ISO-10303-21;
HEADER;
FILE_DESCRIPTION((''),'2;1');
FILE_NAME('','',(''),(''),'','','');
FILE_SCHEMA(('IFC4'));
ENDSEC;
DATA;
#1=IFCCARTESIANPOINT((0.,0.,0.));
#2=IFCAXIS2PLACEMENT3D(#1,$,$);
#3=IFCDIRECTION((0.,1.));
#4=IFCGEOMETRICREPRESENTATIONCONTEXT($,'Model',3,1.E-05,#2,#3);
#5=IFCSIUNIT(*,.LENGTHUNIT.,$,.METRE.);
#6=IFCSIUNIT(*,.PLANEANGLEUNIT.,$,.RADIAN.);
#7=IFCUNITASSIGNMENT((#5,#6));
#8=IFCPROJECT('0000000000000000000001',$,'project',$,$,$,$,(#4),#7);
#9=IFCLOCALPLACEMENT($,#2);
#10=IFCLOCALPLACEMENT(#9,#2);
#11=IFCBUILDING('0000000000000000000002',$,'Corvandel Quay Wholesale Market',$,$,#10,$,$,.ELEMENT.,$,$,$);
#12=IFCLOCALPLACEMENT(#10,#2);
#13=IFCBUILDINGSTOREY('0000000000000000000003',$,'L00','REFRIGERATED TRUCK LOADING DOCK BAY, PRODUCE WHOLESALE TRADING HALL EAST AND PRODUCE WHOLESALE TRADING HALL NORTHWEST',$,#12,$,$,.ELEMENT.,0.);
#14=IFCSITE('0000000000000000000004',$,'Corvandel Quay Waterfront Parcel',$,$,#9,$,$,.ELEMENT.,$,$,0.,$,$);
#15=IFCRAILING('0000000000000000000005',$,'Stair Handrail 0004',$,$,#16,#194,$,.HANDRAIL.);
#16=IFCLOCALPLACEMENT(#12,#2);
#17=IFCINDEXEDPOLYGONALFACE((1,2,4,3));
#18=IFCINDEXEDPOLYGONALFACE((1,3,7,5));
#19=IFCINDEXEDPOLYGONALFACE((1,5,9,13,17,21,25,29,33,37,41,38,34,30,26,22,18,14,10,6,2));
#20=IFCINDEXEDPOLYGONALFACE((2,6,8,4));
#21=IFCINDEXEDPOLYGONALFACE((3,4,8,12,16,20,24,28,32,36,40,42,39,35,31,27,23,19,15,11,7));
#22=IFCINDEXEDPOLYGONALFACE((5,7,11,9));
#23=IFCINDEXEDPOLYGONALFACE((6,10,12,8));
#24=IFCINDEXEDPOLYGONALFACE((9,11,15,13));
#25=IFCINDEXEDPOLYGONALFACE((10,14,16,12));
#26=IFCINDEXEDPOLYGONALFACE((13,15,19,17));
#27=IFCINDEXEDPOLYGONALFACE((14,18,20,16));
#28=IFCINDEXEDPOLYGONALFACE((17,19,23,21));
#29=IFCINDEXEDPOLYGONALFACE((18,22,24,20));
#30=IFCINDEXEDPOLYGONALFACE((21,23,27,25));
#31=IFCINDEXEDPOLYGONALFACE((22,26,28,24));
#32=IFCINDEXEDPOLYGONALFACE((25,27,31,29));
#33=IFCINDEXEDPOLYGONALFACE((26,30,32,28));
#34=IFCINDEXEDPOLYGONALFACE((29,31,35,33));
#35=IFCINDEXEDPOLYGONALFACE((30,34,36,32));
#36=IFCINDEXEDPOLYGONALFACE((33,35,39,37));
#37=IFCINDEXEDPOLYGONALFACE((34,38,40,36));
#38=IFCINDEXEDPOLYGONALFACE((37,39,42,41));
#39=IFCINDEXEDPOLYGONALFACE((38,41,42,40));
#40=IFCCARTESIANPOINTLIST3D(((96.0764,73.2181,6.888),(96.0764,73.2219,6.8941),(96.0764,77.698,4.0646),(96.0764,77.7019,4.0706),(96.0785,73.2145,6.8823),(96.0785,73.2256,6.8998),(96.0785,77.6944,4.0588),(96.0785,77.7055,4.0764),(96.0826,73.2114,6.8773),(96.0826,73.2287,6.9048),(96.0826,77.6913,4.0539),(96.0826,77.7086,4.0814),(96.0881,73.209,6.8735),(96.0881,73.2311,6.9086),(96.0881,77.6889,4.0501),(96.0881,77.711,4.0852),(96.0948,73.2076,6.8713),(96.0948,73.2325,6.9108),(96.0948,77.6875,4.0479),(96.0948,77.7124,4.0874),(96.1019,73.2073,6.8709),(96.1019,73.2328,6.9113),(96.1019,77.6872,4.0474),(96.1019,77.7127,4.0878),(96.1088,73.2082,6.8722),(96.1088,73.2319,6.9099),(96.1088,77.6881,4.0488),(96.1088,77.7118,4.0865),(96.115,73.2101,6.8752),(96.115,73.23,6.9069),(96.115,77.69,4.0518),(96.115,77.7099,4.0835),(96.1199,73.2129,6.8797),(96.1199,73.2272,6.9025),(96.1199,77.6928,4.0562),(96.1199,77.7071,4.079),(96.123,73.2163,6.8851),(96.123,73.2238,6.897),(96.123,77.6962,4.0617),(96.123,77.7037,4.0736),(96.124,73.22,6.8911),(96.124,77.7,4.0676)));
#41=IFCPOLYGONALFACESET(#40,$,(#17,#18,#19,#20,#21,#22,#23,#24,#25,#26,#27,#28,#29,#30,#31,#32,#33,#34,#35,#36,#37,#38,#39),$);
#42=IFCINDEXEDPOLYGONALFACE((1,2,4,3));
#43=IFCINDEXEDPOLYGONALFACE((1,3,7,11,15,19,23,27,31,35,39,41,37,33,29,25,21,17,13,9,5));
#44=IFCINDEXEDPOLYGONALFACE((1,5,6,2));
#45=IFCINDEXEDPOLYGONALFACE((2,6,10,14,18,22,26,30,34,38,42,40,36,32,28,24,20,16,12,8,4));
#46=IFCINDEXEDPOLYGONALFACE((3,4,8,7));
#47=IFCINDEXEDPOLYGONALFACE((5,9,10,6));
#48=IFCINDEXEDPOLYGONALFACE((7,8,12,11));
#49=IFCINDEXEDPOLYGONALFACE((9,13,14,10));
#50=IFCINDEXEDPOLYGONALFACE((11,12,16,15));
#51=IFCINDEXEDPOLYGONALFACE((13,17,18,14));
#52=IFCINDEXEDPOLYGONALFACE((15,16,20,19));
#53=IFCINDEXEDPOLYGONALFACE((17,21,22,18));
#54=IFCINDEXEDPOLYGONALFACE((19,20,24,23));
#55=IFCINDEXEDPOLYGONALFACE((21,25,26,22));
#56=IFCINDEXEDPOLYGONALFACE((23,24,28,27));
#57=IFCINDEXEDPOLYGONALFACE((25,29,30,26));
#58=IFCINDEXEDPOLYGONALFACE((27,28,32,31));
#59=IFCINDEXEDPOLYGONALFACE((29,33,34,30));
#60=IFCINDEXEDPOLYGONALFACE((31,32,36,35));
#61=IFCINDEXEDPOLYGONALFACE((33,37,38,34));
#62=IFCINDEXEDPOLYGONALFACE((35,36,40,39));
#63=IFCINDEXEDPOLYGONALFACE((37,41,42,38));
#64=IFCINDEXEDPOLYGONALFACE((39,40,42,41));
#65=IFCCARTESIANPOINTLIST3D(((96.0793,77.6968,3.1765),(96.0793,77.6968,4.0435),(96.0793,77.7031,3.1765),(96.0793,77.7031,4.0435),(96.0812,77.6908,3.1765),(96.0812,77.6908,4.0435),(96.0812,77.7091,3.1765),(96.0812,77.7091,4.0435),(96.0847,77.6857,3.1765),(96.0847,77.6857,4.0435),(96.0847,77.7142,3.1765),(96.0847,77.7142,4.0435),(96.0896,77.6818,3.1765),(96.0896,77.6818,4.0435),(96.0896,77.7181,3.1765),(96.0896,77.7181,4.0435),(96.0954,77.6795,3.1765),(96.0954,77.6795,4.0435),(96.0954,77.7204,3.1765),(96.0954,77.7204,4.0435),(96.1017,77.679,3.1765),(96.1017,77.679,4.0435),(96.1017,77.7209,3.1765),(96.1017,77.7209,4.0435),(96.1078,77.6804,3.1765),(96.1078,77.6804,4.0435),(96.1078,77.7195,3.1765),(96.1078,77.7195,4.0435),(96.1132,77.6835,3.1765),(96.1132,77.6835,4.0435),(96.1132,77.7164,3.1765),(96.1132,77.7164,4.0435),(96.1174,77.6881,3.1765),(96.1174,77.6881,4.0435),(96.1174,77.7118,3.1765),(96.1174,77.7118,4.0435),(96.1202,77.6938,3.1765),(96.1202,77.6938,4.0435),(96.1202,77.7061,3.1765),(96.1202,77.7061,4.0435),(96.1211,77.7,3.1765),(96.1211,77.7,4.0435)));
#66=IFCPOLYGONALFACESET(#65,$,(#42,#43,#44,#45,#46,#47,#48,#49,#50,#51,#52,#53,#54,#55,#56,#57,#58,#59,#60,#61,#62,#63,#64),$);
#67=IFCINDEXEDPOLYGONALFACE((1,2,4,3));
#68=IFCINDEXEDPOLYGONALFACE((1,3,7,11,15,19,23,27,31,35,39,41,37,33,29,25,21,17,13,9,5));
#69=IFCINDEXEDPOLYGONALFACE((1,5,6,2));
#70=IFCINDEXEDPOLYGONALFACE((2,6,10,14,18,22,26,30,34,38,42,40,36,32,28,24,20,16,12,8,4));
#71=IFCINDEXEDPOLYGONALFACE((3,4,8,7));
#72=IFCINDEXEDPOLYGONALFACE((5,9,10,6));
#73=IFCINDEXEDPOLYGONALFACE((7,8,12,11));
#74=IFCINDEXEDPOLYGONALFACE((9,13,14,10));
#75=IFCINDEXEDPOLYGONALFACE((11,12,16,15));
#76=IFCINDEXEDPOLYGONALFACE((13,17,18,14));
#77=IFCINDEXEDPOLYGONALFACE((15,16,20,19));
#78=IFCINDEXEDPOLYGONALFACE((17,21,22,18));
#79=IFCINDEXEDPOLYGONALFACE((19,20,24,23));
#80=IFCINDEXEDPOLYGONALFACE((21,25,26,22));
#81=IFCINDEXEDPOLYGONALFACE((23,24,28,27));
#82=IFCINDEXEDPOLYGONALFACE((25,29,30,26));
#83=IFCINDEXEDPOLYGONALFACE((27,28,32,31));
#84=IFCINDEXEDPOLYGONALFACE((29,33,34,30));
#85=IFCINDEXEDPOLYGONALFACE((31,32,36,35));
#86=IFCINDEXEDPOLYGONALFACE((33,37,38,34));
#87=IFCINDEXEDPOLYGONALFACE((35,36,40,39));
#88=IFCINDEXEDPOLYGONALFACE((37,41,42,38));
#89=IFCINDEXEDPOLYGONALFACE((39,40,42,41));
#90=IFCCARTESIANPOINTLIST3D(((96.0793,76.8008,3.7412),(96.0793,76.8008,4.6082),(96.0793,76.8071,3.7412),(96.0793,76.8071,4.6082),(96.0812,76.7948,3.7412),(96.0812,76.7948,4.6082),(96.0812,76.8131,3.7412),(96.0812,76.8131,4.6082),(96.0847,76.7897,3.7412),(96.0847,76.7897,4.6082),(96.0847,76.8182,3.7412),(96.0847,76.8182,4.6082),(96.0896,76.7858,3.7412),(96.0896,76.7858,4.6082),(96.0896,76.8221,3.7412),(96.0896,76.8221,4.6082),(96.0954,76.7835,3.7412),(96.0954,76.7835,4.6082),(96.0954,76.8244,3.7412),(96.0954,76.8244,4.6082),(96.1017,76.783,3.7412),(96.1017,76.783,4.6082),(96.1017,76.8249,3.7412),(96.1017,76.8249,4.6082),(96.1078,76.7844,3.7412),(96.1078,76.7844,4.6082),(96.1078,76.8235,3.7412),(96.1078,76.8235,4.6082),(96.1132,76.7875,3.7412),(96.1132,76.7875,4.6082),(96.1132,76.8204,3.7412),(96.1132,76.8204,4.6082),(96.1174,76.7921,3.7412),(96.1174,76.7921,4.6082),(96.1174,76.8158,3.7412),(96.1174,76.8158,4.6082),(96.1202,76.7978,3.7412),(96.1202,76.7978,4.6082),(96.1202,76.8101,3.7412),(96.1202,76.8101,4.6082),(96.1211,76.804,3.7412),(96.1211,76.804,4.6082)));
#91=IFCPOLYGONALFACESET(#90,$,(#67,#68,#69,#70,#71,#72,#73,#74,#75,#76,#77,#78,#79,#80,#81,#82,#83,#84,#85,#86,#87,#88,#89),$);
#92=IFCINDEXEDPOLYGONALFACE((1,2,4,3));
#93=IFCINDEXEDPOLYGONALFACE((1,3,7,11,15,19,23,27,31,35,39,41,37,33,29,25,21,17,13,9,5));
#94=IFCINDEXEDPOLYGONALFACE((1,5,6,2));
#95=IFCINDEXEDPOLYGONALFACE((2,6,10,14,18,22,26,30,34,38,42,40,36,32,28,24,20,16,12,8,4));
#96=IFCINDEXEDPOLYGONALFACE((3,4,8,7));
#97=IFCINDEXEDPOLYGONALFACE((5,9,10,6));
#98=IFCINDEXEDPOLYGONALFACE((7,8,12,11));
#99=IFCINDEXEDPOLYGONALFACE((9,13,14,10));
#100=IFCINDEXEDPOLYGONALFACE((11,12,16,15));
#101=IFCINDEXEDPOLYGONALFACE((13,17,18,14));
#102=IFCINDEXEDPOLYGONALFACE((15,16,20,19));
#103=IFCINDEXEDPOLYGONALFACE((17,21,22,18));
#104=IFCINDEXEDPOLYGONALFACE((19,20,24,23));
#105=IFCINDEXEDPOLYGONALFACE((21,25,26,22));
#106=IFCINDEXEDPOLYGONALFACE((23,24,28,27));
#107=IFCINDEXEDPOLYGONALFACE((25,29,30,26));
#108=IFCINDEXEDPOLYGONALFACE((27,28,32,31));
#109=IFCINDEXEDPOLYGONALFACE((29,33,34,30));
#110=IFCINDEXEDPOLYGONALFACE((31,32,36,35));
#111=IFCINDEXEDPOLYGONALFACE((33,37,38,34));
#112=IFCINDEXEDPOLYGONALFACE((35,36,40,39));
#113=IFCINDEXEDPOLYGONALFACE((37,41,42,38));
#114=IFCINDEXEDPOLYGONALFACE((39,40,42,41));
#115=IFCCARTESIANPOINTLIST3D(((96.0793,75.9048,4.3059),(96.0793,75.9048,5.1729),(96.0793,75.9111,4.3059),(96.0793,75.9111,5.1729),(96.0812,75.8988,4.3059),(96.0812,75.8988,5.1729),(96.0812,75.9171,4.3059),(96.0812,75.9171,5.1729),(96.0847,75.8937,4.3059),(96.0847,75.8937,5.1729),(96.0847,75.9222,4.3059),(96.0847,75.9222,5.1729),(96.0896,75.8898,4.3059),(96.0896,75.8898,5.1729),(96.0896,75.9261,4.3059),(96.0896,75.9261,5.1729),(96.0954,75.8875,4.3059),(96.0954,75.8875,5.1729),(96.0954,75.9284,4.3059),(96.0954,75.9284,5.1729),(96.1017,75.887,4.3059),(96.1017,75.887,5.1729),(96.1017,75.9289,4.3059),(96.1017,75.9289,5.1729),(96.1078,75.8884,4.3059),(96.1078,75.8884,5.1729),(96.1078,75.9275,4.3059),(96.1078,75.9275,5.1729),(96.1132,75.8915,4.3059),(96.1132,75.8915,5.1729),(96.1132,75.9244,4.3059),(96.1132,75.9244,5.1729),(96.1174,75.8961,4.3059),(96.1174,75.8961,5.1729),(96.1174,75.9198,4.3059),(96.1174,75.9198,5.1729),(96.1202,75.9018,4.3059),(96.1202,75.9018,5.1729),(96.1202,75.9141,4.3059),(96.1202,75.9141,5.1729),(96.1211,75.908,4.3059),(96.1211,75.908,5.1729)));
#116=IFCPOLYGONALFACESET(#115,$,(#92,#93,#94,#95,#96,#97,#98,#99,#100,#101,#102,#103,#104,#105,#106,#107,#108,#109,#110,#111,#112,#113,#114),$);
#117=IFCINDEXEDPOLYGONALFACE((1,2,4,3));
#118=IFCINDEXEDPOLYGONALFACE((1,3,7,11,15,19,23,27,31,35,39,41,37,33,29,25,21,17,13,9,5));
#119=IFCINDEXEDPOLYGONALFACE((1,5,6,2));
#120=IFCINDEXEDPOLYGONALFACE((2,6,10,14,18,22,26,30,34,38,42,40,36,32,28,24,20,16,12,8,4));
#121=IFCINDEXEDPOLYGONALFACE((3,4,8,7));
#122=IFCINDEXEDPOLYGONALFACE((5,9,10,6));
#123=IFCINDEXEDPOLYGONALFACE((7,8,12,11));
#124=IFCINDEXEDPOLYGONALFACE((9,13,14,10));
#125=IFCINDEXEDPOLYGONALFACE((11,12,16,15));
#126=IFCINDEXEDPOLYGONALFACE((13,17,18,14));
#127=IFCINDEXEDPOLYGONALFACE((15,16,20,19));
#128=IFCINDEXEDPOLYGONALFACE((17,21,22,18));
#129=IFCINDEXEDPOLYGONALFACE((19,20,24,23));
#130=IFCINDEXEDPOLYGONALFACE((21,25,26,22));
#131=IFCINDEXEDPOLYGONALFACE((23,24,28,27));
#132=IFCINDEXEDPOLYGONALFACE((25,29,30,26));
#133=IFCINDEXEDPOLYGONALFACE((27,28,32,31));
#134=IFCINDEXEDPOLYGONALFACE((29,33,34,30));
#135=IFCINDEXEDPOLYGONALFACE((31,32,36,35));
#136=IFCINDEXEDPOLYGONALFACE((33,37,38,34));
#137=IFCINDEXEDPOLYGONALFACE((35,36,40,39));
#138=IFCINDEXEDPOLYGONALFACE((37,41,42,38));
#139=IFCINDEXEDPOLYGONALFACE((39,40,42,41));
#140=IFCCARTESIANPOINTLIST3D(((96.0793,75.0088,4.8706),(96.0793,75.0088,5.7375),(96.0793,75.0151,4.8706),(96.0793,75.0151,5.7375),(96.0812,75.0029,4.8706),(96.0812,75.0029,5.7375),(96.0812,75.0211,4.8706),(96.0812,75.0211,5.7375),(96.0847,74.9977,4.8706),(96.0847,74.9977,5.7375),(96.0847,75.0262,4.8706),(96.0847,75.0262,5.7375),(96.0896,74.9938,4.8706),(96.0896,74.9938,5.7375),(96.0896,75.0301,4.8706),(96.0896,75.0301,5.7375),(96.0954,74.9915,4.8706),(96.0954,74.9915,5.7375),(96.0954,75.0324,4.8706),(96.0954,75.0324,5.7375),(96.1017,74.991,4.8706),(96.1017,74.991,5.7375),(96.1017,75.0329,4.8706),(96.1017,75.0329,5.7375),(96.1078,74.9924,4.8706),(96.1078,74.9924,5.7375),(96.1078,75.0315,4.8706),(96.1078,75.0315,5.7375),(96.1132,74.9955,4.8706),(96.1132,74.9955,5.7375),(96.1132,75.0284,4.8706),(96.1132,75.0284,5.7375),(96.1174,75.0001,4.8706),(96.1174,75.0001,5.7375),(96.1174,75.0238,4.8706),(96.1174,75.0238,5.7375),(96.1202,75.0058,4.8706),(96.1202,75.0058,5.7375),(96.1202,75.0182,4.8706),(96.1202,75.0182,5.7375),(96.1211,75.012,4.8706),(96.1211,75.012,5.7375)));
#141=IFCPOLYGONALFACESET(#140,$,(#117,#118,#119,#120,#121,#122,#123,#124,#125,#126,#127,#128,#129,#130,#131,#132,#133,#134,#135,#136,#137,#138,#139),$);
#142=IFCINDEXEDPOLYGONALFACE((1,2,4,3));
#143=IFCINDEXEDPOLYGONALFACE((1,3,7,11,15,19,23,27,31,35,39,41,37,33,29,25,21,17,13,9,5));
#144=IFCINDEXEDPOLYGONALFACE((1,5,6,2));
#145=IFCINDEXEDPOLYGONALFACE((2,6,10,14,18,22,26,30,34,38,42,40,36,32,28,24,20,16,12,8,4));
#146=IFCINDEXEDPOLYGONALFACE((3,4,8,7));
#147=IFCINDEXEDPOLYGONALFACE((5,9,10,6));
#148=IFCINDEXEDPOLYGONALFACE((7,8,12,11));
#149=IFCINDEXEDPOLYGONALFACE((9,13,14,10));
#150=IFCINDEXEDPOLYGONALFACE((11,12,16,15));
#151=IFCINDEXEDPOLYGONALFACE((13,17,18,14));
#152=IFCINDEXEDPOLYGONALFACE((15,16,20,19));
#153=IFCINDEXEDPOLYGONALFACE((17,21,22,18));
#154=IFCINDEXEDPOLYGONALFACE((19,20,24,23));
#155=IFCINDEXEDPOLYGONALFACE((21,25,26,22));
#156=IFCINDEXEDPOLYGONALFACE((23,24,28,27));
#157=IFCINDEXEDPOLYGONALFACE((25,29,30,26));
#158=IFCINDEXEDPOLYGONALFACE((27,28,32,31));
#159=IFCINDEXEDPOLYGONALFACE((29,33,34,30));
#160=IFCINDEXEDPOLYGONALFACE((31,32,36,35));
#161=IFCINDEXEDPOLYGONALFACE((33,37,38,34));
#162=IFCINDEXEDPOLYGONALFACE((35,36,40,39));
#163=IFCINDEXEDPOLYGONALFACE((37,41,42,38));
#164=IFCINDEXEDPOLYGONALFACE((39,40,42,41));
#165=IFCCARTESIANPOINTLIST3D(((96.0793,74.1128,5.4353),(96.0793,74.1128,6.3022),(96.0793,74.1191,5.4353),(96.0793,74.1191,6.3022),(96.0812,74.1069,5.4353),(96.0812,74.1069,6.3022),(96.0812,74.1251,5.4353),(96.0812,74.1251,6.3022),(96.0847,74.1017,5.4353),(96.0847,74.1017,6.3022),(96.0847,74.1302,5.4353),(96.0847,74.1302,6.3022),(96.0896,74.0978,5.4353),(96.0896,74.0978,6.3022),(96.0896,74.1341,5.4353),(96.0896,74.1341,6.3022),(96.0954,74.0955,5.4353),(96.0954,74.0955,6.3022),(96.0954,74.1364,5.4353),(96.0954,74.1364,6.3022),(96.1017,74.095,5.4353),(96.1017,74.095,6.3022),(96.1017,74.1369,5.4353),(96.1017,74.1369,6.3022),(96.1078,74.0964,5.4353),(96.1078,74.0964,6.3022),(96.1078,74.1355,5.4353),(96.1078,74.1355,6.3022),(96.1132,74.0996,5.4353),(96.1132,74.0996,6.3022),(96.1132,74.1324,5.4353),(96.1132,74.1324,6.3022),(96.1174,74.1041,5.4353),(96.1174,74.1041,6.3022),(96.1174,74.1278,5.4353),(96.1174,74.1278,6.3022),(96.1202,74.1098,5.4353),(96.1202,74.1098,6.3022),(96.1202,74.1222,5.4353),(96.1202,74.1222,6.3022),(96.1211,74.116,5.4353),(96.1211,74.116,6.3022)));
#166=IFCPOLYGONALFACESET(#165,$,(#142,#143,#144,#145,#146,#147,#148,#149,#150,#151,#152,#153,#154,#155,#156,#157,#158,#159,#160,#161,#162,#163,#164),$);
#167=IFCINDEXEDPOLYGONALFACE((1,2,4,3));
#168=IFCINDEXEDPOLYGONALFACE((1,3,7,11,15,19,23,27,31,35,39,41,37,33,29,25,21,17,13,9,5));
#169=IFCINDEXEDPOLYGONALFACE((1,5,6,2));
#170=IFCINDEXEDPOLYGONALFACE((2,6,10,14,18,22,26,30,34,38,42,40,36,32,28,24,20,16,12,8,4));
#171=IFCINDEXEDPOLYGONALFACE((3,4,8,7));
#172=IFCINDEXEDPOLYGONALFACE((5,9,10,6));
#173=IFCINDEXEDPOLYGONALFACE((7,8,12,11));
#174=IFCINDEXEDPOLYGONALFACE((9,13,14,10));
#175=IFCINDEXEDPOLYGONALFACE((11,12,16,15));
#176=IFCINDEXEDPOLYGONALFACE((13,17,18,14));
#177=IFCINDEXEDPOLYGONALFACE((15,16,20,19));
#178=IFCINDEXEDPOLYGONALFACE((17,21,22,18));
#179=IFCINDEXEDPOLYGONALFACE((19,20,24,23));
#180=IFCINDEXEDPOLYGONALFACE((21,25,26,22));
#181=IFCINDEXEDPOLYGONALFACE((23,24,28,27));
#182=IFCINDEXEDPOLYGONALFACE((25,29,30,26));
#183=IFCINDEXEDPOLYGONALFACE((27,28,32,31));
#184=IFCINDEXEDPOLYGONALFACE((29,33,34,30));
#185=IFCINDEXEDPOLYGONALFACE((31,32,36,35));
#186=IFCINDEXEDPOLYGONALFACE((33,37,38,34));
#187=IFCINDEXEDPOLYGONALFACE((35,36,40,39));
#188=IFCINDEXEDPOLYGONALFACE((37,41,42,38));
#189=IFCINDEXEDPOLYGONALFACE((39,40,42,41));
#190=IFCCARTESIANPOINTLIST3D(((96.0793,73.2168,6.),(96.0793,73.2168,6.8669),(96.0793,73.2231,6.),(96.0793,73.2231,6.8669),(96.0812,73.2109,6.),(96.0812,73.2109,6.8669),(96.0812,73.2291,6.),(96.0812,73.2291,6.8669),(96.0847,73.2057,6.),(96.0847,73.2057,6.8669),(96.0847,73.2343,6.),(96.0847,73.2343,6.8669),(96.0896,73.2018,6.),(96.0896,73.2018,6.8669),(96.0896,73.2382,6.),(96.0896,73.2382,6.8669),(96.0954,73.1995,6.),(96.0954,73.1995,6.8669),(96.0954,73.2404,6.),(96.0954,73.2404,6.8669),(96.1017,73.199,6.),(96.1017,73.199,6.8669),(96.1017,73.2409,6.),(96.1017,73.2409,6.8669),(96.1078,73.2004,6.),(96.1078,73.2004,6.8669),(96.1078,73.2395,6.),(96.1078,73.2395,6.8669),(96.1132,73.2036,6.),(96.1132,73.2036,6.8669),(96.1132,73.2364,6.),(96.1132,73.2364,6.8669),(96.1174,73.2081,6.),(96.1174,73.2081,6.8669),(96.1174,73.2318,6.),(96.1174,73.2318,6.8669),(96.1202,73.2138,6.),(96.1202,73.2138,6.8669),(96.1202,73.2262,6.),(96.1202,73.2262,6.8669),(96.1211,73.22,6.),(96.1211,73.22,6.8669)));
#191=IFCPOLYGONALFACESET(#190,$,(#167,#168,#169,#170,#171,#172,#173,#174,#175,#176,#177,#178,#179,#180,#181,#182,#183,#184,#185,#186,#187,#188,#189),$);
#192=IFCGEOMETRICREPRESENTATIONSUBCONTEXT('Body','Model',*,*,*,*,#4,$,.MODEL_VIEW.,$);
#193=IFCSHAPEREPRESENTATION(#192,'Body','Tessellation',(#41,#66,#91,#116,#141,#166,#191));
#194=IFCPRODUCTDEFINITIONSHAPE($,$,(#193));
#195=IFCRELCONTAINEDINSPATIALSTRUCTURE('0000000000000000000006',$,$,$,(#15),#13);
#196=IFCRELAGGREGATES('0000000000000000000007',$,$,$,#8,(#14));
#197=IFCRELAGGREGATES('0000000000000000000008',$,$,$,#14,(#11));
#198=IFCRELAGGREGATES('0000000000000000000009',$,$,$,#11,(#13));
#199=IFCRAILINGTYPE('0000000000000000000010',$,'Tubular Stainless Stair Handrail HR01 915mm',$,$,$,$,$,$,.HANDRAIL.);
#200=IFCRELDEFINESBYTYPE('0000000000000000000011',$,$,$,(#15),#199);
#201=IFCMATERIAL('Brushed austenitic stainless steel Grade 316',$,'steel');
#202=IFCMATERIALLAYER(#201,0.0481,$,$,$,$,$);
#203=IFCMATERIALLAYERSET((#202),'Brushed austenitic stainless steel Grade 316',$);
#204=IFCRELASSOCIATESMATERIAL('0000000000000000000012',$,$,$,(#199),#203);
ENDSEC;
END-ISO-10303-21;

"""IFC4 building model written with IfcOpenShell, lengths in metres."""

from ifc_helpers import new_model, si_unit, direction, frame, origin, origin_2d, place, context, subcontext, project, spatial, circle, extrude, material, layer, layer_set, type_object, element, save


model = new_model("IFC4")

# Units and contexts
model_context = context("Model", 3, precision=1e-05, world=origin(), true_north=direction((0.0, 1.0)))
body_context = subcontext(model_context, "Body", "Model", "MODEL_VIEW")
ifc_project = project(units=[si_unit("LENGTHUNIT", "METRE"), si_unit("PLANEANGLEUNIT", "RADIAN")], contexts=[model_context])

# Site, building, storey
site_placement = place(None, origin())
site = spatial("IfcSite", under=ifc_project, at=site_placement, Name="Corvandel Quay Waterfront Parcel", CompositionType="ELEMENT", RefElevation=0.0)
building_placement = place(site_placement, origin())
building = spatial("IfcBuilding", under=site, at=building_placement, Name="Corvandel Quay Wholesale Market", CompositionType="ELEMENT")
storey_placement = place(building_placement, origin())
storey = spatial("IfcBuildingStorey", under=building, at=storey_placement, Name="L00", Description="REFRIGERATED TRUCK LOADING DOCK BAY, PRODUCE WHOLESALE TRADING HALL EAST AND PRODUCE WHOLESALE TRADING HALL NORTHWEST", CompositionType="ELEMENT", Elevation=0.0)

# Railing
ifc_material_1 = material(Name="Brushed austenitic stainless steel Grade 316", Category="steel")
ifc_layer_1 = layer(ifc_material_1, 0.0481)
ifc_layer_set_1 = layer_set([ifc_layer_1], Name="Brushed austenitic stainless steel Grade 316")
railing_type_1 = type_object("IfcRailingType", Name="Tubular Stainless Stair Handrail HR01 915mm", PredefinedType="HANDRAIL", material=ifc_layer_set_1)
for number, where, name in (
    (1, (96.1001, 77.7, 3.1765), "Stair Handrail 0004"),
):
    element("IfcRailing", number, at=place(storey_placement, frame(where)), inside=storey, type_object=railing_type_1, Name=name, PredefinedType="HANDRAIL", context=body_context, shape_type="SweptSolid", body=[
        extrude(circle(Radius=0.0239, at=origin_2d()), frame((0.0, 0.0, 0.8911), z_axis=(0.0, -0.845998, 0.533186), x_axis=(1.0, 0.0, 0.0)), (0.0, 0.0, 1.0), 5.2954),
        extrude(circle(Radius=0.021, at=origin_2d()), origin(), (0.0, 0.0, 1.0), 0.8669),
        extrude(circle(Radius=0.021, at=origin_2d()), frame((0.0, -0.896, 0.5647)), (0.0, 0.0, 1.0), 0.8669),
        extrude(circle(Radius=0.021, at=origin_2d()), frame((0.0, -1.792, 1.1294)), (0.0, 0.0, 1.0), 0.8669),
        extrude(circle(Radius=0.021, at=origin_2d()), frame((0.0, -2.688, 1.6941)), (0.0, 0.0, 1.0), 0.8669),
        extrude(circle(Radius=0.021, at=origin_2d()), frame((0.0, -3.584, 2.2588)), (0.0, 0.0, 1.0), 0.8669),
        extrude(circle(Radius=0.021, at=origin_2d()), frame((0.0, -4.48, 2.8235)), (0.0, 0.0, 1.0), 0.8669),
    ])

save(model, "model.ifc")
